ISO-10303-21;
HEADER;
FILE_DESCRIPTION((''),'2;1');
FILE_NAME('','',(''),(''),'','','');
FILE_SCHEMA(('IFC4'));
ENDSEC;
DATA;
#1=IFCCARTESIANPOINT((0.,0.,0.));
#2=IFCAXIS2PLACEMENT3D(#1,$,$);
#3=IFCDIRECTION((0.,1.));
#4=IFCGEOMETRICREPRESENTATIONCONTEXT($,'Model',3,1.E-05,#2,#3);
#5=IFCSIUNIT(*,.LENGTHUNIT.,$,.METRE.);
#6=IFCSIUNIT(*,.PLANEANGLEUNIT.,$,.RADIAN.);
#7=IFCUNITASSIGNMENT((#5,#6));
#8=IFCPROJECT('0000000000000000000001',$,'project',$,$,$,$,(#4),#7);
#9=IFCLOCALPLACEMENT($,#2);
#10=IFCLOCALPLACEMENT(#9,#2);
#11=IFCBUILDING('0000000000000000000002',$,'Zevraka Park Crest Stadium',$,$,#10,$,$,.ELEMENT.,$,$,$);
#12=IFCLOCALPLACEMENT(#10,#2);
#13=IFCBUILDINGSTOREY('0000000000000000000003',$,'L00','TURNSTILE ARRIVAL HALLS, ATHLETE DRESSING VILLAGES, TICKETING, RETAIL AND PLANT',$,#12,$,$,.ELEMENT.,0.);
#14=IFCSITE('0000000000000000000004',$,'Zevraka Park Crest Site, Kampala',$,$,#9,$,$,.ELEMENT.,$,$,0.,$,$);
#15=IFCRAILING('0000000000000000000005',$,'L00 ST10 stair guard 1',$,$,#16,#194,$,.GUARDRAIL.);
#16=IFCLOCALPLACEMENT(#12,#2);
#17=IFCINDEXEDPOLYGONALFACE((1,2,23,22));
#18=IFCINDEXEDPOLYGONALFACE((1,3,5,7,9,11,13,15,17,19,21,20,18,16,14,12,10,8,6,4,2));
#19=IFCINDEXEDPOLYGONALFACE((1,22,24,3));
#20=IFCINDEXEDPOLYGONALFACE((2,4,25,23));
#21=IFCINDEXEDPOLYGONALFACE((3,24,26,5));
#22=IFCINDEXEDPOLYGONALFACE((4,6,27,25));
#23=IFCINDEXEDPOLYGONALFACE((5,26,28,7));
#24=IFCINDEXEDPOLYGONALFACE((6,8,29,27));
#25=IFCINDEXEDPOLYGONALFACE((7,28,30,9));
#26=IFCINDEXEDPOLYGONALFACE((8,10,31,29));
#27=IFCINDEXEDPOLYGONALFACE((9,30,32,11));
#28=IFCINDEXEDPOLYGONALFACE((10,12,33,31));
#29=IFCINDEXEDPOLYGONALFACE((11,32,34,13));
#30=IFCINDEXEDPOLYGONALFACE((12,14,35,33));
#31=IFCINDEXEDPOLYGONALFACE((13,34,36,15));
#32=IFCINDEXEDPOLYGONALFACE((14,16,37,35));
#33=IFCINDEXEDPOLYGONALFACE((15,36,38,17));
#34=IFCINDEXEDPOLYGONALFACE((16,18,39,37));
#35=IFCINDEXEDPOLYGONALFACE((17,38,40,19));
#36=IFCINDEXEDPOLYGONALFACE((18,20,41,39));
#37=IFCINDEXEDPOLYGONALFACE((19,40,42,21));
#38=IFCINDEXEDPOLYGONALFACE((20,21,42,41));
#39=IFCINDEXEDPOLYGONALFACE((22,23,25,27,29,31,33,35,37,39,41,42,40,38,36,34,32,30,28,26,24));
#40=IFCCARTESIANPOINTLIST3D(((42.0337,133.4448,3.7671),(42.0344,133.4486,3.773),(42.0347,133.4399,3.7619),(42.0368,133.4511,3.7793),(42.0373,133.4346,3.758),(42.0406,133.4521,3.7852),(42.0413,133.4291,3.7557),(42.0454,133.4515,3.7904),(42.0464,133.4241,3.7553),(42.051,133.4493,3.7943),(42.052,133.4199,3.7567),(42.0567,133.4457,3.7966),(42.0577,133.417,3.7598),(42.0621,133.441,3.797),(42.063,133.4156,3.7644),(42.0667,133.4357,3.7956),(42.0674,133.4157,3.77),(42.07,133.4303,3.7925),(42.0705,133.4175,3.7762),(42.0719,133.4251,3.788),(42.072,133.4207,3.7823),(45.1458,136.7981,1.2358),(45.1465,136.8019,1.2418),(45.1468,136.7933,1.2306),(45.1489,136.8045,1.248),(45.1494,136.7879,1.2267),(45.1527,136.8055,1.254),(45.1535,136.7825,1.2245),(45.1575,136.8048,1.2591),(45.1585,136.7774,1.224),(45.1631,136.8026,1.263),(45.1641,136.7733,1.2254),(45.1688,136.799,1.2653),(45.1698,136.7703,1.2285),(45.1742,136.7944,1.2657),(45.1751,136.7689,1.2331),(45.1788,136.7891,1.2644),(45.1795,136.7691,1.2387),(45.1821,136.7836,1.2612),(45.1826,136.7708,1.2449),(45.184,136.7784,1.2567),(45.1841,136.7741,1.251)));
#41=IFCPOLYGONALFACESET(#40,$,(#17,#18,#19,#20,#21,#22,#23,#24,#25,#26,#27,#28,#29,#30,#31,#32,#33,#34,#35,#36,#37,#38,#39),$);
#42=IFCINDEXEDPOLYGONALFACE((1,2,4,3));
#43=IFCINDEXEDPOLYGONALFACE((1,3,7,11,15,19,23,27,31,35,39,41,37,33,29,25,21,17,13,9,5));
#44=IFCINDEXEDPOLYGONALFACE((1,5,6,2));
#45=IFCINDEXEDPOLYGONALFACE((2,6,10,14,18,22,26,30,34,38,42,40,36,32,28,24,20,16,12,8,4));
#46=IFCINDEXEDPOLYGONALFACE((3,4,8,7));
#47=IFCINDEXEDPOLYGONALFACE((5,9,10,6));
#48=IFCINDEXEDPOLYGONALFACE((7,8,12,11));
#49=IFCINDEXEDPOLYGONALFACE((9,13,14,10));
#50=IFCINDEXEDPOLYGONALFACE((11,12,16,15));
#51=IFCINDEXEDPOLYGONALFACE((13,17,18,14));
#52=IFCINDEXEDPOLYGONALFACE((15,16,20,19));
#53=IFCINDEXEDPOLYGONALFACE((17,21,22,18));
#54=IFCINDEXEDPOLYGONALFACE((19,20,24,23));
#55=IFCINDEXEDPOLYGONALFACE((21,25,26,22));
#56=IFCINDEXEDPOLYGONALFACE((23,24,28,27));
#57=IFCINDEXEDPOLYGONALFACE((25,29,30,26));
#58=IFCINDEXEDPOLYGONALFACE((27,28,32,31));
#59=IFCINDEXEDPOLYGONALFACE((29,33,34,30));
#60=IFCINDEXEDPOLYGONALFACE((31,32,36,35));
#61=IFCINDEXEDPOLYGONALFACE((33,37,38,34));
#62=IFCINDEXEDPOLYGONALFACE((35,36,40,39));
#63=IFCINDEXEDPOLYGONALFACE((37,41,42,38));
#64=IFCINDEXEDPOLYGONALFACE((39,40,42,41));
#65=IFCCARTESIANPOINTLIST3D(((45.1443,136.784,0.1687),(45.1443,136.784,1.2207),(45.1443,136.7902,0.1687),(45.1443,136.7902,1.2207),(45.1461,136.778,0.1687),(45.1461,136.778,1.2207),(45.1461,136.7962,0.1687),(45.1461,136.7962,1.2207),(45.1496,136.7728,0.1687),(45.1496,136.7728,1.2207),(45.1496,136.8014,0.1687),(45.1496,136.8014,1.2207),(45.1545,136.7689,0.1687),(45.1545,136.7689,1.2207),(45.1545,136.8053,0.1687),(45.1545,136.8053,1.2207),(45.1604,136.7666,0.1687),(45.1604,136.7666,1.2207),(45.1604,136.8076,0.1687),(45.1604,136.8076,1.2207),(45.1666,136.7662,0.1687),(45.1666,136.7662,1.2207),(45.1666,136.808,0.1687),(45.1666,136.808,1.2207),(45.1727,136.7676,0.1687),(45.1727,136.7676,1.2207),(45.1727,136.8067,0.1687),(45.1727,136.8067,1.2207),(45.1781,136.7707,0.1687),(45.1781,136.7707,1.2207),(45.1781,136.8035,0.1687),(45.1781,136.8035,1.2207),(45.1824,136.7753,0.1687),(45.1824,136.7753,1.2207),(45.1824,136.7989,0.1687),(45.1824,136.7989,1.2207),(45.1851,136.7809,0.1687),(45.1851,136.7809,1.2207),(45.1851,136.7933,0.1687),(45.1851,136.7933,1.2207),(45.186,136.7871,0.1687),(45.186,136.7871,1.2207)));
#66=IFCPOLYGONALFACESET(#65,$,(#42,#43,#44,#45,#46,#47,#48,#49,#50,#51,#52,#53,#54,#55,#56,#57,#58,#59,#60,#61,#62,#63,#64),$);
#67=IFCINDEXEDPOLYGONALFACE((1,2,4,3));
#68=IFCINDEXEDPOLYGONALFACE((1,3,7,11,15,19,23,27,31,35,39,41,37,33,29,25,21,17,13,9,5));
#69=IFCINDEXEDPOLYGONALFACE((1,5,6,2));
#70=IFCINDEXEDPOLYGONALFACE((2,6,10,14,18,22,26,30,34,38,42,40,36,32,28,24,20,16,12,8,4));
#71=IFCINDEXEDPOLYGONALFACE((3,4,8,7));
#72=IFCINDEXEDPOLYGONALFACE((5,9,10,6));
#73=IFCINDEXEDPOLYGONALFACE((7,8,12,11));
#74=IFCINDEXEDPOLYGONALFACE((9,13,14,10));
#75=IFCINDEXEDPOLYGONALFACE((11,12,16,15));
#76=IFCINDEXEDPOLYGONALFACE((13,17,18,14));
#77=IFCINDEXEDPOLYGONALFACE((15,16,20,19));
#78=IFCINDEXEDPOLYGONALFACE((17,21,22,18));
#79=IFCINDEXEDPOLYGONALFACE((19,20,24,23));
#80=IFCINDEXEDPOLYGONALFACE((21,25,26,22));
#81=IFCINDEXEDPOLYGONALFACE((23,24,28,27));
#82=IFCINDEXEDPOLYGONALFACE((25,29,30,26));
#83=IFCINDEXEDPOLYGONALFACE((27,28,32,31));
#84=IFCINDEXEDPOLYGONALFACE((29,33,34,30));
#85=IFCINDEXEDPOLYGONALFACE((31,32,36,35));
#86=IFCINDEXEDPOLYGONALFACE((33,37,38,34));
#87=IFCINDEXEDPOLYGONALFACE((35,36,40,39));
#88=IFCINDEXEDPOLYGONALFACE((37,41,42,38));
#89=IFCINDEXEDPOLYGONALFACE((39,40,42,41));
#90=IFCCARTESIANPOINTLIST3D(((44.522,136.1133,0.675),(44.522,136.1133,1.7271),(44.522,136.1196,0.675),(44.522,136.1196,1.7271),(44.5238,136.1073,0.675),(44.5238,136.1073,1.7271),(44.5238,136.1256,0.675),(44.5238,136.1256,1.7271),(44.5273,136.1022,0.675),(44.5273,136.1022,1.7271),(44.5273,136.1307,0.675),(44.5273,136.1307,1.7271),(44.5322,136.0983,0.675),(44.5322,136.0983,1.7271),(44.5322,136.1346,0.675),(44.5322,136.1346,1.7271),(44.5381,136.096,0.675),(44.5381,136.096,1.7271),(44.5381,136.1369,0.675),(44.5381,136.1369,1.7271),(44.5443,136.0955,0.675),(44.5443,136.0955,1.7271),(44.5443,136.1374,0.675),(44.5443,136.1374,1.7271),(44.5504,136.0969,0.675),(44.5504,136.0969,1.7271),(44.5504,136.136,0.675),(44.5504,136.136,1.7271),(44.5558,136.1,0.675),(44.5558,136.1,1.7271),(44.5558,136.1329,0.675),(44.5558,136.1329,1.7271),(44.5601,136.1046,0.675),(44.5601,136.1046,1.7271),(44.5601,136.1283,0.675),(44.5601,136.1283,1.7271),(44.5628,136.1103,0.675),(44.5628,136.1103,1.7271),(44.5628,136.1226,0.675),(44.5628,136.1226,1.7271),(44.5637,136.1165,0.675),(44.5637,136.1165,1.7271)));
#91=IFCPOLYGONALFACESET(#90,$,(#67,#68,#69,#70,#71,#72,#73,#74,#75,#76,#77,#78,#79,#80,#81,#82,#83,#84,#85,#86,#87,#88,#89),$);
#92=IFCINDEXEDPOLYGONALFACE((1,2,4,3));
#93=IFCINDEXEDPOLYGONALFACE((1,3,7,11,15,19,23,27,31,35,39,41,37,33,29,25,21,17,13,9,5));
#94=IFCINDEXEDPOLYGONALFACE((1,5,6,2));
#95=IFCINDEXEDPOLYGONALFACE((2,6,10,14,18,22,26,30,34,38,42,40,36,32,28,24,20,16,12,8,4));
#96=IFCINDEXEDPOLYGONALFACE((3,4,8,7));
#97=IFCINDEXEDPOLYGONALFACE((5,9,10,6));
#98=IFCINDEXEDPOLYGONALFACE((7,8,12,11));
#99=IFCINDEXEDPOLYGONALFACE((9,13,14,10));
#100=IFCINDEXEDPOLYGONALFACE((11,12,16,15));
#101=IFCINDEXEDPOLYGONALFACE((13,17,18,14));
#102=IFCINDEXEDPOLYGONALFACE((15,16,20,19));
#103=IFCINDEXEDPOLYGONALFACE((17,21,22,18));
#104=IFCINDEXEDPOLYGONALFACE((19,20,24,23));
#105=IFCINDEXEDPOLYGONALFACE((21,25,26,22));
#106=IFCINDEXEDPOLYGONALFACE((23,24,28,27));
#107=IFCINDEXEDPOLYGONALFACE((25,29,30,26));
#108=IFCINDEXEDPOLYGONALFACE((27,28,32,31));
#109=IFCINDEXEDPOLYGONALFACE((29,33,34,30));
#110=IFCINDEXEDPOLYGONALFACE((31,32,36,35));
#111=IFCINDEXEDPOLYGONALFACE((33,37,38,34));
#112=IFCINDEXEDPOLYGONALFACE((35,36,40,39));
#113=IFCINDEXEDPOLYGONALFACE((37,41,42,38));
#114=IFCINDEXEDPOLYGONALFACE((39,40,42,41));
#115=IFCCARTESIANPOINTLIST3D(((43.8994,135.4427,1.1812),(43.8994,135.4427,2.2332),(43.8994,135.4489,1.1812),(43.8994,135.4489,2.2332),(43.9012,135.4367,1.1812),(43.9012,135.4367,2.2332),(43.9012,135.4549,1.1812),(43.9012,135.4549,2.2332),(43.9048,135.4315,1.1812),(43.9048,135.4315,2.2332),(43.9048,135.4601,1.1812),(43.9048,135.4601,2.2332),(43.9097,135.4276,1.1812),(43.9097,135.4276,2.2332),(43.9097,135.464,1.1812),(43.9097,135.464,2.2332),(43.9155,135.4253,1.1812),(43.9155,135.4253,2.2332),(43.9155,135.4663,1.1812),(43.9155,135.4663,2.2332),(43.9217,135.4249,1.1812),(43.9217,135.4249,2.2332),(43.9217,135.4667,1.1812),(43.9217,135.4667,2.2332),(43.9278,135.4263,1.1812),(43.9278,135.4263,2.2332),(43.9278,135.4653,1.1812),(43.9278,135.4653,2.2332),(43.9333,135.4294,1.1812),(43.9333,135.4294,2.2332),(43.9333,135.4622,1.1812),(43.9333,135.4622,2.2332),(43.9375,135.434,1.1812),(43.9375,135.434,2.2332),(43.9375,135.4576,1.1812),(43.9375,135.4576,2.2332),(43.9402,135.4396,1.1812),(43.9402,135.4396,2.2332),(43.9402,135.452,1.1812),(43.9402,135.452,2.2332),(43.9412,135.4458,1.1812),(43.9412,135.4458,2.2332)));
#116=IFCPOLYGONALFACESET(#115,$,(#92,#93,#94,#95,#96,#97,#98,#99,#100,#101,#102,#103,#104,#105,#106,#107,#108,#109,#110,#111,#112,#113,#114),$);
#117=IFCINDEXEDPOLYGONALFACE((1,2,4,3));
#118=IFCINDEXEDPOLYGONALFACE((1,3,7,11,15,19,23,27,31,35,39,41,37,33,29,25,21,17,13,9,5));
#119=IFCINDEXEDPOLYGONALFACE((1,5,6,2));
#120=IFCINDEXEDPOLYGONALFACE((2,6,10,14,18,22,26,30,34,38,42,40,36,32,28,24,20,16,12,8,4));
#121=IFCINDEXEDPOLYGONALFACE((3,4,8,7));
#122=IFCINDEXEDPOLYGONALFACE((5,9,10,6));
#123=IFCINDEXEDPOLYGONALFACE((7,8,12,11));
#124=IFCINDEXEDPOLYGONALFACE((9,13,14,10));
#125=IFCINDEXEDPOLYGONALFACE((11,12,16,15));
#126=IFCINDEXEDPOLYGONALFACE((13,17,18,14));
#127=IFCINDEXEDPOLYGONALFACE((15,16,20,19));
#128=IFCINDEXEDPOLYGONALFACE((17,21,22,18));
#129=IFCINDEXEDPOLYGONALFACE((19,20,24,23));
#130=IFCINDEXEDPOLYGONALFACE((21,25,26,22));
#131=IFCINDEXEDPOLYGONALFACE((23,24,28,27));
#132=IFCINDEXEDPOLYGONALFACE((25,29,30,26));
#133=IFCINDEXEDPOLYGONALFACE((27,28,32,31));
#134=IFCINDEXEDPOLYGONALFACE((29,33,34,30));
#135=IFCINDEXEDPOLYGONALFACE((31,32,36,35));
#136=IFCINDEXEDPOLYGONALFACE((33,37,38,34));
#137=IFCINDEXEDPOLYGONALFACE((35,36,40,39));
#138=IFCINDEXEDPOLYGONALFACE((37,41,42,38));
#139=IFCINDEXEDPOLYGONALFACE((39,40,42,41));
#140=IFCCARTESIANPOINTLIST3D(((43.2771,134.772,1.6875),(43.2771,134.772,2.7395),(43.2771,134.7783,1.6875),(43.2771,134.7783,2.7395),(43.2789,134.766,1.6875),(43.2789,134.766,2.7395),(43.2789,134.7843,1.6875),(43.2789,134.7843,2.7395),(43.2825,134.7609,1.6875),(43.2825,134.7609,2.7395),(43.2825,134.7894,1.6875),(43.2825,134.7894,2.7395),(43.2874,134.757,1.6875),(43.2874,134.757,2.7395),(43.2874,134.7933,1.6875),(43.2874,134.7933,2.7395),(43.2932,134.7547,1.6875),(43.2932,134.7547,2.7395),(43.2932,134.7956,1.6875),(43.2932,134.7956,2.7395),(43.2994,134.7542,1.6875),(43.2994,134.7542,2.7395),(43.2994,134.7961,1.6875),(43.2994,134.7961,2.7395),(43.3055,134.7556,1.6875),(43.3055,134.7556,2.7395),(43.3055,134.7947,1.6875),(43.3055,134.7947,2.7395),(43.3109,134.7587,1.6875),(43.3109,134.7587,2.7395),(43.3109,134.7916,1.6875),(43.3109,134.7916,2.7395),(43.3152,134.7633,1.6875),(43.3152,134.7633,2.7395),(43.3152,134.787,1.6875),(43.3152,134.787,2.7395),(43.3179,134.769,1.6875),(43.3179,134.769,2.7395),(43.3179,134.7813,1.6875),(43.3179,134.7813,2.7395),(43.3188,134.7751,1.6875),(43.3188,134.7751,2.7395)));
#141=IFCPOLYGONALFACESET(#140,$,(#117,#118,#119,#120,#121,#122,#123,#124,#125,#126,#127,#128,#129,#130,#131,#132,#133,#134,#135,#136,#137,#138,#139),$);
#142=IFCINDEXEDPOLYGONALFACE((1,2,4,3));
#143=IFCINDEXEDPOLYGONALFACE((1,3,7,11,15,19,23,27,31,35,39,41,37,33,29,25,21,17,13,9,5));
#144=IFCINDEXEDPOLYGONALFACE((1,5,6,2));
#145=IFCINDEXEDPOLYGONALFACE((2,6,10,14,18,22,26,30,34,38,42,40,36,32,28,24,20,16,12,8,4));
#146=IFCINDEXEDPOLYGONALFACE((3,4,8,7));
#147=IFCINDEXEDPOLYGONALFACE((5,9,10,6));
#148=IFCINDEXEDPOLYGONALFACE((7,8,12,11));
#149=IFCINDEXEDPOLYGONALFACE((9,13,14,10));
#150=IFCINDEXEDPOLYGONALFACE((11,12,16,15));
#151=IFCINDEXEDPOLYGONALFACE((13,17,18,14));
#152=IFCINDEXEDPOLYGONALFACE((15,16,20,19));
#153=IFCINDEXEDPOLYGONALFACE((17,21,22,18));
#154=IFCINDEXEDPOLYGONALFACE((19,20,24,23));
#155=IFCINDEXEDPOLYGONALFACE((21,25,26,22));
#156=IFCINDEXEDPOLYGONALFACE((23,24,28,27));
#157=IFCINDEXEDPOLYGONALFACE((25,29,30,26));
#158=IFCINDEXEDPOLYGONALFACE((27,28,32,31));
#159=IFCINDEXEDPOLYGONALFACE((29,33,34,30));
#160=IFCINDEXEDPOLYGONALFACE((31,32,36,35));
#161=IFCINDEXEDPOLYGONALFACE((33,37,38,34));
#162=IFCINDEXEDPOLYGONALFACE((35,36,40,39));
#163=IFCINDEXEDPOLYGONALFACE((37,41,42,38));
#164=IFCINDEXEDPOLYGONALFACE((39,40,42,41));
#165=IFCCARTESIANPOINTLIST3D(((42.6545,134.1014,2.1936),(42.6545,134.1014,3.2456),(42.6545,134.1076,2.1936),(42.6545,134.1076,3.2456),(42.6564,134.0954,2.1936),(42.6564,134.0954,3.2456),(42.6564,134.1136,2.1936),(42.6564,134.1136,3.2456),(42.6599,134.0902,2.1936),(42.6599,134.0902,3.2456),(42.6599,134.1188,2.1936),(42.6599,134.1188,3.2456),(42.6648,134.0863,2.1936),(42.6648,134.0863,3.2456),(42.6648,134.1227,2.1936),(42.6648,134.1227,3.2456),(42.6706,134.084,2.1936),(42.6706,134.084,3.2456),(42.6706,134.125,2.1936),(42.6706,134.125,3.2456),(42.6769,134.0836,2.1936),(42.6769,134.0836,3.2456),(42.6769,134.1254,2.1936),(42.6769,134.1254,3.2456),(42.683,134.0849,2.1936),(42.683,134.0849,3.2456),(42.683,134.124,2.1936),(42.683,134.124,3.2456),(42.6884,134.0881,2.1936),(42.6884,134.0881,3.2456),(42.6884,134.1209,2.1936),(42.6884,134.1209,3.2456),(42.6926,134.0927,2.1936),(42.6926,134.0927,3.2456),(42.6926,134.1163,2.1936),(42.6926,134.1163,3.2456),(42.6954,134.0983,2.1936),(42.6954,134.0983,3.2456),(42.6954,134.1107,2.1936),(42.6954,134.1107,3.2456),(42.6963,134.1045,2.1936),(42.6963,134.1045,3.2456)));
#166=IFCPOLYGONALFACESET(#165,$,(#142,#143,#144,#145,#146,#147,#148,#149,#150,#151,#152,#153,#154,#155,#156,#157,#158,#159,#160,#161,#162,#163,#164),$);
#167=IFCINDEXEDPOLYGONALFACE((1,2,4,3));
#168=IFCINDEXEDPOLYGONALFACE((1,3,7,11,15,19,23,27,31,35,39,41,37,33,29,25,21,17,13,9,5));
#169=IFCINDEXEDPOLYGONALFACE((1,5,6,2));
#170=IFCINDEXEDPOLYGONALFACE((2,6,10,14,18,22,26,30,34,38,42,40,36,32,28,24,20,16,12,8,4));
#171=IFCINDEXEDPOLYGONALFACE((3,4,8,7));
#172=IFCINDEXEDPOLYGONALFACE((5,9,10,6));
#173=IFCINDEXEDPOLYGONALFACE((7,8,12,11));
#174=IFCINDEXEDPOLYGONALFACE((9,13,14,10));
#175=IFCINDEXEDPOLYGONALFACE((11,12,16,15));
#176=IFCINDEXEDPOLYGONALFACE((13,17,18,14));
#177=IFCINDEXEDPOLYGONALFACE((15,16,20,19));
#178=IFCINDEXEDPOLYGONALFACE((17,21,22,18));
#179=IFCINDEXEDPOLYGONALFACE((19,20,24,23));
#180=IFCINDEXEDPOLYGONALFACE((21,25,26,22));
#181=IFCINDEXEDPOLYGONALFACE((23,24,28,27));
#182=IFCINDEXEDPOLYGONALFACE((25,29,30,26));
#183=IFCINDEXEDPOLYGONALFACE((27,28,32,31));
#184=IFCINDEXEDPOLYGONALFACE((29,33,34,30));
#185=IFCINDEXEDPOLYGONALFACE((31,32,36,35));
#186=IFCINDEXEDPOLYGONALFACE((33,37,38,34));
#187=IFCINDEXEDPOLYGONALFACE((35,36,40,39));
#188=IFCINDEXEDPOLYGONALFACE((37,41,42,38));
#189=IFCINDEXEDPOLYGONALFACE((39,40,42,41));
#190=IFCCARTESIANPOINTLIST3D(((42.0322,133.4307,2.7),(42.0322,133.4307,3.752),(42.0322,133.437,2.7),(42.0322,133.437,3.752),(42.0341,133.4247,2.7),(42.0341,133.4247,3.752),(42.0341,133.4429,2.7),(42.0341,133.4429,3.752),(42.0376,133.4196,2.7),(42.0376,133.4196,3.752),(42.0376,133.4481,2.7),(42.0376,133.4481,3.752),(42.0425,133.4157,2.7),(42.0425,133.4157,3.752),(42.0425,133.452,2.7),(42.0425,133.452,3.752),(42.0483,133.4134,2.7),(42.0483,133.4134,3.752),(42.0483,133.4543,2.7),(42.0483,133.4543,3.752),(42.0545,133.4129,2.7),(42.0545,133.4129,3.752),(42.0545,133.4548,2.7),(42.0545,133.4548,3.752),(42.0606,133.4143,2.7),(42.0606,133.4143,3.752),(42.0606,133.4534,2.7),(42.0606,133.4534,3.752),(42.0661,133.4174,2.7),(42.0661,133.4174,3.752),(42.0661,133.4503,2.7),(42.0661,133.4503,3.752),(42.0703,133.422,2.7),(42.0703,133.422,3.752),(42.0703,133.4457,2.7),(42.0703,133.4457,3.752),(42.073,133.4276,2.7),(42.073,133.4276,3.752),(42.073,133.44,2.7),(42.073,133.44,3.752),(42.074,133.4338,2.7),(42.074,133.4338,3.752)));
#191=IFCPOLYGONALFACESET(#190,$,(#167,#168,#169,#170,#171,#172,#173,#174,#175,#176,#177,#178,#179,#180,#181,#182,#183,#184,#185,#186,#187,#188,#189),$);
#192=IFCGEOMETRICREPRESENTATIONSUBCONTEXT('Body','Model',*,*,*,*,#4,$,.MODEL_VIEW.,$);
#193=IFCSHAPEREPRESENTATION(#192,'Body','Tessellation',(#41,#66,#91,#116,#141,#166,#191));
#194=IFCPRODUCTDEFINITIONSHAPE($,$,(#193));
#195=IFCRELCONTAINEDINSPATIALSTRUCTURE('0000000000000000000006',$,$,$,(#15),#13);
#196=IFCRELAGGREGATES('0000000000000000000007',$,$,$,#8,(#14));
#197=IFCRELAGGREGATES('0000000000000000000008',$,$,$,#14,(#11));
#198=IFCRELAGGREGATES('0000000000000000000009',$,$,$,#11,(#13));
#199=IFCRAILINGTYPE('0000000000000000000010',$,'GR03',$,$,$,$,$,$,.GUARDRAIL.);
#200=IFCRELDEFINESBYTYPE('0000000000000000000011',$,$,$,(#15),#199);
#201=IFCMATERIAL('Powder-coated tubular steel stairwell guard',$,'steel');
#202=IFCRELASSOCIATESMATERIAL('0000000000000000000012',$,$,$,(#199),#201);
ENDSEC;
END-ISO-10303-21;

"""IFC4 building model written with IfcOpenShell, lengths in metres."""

from ifc_helpers import new_model, si_unit, direction, frame, origin, origin_2d, place, context, subcontext, project, spatial, circle, extrude, material, type_object, element, save


model = new_model("IFC4")

# Units and contexts
model_context = context("Model", 3, precision=1e-05, world=origin(), true_north=direction((0.0, 1.0)))
body_context = subcontext(model_context, "Body", "Model", "MODEL_VIEW")
ifc_project = project(units=[si_unit("LENGTHUNIT", "METRE"), si_unit("PLANEANGLEUNIT", "RADIAN")], contexts=[model_context])

# Site, building, storey
site_placement = place(None, origin())
site = spatial("IfcSite", under=ifc_project, at=site_placement, Name="Zevraka Park Crest Site, Kampala", CompositionType="ELEMENT", RefElevation=0.0)
building_placement = place(site_placement, origin())
building = spatial("IfcBuilding", under=site, at=building_placement, Name="Zevraka Park Crest Stadium", CompositionType="ELEMENT")
storey_placement = place(building_placement, origin())
storey = spatial("IfcBuildingStorey", under=building, at=storey_placement, Name="L00", Description="TURNSTILE ARRIVAL HALLS, ATHLETE DRESSING VILLAGES, TICKETING, RETAIL AND PLANT", CompositionType="ELEMENT", Elevation=0.0)

# Railing
ifc_material_1 = material(Name="Powder-coated tubular steel stairwell guard", Category="steel")
railing_type_1 = type_object("IfcRailingType", Name="GR03", PredefinedType="GUARDRAIL", material=ifc_material_1)
railing_1_placement = place(storey_placement, frame((45.165, 136.7871, 0.1687)))
element("IfcRailing", 1, at=railing_1_placement, inside=storey, type_object=railing_type_1, Name="L00 ST10 stair guard 1", PredefinedType="GUARDRAIL", context=body_context, shape_type="SweptSolid", body=[
    extrude(circle(Radius=0.0239, at=origin_2d()), frame((0.0, 0.0, 1.0762), z_axis=(-0.595218, -0.641352, 0.484131), x_axis=(0.732978, -0.680253, 0.0)), (0.0, 0.0, 1.0), 5.2285),
    extrude(circle(Radius=0.021, at=origin_2d()), origin(), (0.0, 0.0, 1.0), 1.052),
    extrude(circle(Radius=0.021, at=origin_2d()), frame((-0.6223, -0.6707, 0.5063)), (0.0, 0.0, 1.0), 1.052),
    extrude(circle(Radius=0.021, at=origin_2d()), frame((-1.2449, -1.3413, 1.0125)), (0.0, 0.0, 1.0), 1.052),
    extrude(circle(Radius=0.021, at=origin_2d()), frame((-1.8672, -2.012, 1.5188)), (0.0, 0.0, 1.0), 1.052),
    extrude(circle(Radius=0.021, at=origin_2d()), frame((-2.4897, -2.6826, 2.0249)), (0.0, 0.0, 1.0), 1.052),
    extrude(circle(Radius=0.021, at=origin_2d()), frame((-3.1121, -3.3533, 2.5312)), (0.0, 0.0, 1.0), 1.052),
])

save(model, "model.ifc")
